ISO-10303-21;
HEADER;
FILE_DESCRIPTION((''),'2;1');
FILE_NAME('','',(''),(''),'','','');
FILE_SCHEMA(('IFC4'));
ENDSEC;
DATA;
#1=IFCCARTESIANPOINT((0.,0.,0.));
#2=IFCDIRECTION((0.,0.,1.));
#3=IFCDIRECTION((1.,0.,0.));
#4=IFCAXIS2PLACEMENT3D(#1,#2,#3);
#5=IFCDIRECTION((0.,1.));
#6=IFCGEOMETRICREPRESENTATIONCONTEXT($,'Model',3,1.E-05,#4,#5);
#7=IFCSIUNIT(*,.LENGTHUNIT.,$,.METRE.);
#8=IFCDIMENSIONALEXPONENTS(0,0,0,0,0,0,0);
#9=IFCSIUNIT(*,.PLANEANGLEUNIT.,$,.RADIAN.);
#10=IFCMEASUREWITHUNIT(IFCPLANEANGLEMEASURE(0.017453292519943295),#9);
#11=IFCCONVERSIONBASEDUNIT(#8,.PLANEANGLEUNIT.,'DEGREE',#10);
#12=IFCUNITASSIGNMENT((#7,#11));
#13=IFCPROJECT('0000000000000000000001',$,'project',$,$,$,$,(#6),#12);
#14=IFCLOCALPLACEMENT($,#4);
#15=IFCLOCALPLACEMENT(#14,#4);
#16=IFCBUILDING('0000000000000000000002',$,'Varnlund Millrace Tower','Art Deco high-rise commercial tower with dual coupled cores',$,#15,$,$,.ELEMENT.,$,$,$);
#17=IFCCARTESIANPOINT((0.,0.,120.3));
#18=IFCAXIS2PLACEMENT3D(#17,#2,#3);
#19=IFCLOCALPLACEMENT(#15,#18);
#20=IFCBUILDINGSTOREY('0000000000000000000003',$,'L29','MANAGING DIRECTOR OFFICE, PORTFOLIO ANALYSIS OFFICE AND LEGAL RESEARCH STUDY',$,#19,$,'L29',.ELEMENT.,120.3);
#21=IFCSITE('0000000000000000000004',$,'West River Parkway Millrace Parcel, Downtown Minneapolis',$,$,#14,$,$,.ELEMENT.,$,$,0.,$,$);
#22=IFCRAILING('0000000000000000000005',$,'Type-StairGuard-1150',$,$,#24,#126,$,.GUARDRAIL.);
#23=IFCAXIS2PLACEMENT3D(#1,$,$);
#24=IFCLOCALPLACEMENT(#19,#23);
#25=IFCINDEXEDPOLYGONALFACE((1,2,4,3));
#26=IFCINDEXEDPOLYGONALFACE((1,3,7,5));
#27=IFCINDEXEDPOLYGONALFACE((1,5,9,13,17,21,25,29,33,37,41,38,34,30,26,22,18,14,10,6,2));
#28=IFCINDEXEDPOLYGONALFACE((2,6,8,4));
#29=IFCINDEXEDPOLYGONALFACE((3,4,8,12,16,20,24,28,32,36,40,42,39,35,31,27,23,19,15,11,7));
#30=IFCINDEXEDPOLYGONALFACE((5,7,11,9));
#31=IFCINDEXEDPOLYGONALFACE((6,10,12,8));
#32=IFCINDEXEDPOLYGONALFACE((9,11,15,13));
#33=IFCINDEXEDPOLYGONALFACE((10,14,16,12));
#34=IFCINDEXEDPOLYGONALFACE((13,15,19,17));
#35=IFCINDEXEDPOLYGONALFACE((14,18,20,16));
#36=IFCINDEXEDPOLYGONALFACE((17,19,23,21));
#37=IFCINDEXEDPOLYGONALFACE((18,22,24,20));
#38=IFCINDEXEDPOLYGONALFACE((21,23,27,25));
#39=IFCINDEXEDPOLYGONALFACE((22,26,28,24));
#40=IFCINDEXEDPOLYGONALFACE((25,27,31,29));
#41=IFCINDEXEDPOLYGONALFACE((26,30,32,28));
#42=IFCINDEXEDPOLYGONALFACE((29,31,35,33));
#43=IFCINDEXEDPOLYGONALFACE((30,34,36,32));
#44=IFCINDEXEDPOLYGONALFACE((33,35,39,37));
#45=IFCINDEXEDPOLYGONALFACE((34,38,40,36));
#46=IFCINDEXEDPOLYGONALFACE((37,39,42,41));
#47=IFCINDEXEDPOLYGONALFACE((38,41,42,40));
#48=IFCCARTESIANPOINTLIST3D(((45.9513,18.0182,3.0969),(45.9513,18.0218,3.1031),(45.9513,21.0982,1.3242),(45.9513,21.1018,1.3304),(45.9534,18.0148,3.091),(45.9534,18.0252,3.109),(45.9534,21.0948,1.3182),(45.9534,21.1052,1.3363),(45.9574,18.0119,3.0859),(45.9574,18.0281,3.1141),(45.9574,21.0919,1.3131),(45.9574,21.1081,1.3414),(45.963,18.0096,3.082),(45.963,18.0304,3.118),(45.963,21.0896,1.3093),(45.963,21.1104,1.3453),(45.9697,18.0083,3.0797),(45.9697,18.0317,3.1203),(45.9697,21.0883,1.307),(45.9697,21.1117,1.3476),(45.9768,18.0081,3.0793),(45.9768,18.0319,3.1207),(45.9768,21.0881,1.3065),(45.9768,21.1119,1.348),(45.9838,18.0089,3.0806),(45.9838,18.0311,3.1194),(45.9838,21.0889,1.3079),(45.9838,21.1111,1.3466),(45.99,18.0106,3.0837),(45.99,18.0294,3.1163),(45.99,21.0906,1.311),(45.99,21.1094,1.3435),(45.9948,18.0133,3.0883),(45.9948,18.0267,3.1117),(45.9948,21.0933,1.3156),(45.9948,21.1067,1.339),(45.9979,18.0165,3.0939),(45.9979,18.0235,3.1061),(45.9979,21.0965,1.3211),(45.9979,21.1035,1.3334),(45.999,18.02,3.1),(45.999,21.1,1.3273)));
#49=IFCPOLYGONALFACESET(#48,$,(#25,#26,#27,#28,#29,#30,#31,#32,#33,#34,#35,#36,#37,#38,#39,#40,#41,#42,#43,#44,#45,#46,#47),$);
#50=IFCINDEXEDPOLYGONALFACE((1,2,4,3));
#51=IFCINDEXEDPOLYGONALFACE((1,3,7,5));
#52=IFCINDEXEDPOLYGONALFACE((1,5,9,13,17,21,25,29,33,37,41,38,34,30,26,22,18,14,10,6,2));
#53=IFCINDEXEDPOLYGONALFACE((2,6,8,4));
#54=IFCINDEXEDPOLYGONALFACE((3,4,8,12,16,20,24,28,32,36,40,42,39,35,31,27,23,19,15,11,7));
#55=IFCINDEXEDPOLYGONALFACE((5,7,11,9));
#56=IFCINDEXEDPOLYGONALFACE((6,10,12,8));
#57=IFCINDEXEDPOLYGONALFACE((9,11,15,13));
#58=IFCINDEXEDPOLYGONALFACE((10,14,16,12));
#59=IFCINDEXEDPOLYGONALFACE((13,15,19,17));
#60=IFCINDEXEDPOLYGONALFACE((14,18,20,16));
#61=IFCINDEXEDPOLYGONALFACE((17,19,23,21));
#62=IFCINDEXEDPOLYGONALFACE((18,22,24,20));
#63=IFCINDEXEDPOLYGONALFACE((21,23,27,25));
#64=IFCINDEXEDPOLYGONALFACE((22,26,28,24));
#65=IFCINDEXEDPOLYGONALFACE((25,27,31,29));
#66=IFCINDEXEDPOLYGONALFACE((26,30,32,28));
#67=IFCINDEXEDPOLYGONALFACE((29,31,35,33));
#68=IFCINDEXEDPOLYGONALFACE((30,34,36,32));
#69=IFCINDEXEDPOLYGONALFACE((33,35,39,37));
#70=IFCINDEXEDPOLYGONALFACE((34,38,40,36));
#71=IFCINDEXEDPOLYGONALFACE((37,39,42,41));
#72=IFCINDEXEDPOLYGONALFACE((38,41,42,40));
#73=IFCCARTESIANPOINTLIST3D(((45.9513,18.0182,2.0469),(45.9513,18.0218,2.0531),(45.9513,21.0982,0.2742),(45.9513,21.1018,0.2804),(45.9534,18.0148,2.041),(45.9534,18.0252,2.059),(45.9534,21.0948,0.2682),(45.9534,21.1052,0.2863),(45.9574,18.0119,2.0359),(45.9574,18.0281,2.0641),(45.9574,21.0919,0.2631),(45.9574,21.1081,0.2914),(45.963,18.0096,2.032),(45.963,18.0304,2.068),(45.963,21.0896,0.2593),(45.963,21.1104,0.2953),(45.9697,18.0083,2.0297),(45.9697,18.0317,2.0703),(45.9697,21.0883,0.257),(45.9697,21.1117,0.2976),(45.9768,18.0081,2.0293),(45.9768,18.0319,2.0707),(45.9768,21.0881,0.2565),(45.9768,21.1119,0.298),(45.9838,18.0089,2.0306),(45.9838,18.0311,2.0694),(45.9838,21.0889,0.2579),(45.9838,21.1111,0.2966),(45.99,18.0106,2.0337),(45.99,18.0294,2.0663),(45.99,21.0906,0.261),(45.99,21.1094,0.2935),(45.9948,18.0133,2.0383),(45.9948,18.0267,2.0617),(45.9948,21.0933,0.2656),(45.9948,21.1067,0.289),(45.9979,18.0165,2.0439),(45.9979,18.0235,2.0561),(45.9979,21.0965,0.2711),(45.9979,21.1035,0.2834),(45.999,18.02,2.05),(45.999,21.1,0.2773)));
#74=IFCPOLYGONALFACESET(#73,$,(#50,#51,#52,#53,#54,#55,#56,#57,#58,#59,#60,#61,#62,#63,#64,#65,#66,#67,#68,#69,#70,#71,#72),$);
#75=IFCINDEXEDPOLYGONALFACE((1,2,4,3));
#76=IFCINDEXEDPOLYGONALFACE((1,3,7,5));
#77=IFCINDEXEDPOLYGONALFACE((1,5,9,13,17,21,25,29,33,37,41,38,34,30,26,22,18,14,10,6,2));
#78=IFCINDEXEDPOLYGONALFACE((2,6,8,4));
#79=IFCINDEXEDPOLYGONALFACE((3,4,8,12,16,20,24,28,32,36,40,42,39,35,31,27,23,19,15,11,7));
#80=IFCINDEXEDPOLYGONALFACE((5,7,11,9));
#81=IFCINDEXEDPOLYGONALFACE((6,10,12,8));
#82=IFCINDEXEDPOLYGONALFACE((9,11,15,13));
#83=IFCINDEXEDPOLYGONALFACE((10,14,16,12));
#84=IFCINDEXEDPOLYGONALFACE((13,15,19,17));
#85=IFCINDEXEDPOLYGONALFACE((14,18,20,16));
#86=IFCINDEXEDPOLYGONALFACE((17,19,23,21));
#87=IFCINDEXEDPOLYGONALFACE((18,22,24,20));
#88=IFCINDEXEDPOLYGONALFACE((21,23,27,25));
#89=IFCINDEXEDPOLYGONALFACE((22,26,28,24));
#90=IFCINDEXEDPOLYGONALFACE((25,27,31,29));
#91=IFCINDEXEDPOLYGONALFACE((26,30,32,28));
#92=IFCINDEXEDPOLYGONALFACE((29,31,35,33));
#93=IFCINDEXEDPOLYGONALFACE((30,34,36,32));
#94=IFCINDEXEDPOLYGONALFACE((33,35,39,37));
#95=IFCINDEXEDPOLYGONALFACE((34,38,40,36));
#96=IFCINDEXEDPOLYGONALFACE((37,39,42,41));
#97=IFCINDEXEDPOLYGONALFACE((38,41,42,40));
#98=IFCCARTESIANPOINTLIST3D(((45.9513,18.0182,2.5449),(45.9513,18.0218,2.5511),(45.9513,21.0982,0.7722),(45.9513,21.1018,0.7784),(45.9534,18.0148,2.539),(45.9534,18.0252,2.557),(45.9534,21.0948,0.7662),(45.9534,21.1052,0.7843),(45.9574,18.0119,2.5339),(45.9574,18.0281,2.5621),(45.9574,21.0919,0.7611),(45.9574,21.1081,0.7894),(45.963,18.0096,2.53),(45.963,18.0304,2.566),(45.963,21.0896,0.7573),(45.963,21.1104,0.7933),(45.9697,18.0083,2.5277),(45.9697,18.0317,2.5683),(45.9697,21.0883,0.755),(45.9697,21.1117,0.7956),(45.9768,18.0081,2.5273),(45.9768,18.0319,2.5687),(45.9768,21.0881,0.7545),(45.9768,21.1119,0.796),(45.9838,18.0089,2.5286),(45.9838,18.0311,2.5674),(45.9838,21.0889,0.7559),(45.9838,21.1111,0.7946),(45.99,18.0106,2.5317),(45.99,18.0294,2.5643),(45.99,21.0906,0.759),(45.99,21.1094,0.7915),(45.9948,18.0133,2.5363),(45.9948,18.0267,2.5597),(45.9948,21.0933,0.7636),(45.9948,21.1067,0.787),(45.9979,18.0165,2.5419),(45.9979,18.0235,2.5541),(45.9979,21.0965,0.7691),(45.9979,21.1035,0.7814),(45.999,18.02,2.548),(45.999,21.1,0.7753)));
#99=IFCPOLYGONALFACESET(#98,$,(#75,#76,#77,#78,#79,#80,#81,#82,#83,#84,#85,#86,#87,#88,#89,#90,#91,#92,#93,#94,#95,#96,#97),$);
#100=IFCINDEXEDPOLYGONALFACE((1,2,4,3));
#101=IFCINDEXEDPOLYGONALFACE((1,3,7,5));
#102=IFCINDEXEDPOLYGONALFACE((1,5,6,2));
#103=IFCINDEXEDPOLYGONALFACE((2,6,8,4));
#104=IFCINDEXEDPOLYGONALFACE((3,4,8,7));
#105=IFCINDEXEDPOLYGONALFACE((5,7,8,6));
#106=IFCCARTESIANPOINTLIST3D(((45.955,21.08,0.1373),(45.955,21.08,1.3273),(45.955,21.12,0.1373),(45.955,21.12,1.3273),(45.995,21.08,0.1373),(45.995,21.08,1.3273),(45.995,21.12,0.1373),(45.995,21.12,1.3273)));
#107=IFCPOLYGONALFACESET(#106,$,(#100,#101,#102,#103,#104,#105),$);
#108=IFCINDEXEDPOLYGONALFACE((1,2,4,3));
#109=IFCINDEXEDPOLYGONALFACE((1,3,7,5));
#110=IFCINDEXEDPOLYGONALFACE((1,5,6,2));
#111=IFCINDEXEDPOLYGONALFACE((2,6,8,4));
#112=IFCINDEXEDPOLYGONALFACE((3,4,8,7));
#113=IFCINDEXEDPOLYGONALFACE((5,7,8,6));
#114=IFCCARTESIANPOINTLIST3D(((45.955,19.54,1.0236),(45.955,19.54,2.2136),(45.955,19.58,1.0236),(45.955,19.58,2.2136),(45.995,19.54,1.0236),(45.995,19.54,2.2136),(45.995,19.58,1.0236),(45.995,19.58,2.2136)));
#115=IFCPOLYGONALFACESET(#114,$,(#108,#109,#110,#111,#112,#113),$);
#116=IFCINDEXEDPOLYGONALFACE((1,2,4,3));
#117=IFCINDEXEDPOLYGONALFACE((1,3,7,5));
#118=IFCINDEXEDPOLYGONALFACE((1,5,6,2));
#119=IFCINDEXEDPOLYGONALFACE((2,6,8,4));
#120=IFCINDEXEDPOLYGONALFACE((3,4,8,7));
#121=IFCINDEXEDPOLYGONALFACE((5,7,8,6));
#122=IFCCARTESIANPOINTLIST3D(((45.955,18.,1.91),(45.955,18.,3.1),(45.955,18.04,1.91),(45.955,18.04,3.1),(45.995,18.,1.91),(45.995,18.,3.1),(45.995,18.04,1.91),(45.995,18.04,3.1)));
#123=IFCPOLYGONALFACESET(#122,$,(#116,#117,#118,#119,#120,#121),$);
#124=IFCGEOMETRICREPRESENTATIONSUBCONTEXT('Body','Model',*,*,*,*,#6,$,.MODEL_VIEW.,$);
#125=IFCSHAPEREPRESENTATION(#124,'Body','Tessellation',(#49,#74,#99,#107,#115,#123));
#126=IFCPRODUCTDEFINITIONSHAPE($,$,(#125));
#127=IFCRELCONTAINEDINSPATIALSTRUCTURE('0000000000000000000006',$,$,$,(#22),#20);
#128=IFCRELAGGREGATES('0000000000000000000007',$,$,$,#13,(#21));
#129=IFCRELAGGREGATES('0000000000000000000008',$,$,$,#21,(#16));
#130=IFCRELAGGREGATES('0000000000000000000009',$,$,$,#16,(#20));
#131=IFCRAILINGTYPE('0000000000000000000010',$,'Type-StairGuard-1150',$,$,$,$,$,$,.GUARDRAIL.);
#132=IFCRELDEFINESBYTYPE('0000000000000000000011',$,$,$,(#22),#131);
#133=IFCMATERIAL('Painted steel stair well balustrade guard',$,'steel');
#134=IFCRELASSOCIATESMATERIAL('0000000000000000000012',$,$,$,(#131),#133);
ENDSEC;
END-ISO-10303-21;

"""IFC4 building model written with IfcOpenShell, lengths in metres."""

from ifc_helpers import new_model, entity, si_unit, converted_unit, direction, frame, origin_with_axes, origin_2d_with_axis, place, context, subcontext, project, spatial, rectangle, circle, extrude, material, type_object, element, save


model = new_model("IFC4")

# Units and contexts
model_context = context("Model", 3, precision=1e-05, world=origin_with_axes(), true_north=direction((0.0, 1.0)))
body_context = subcontext(model_context, "Body", "Model", "MODEL_VIEW")
ifc_project = project(units=[si_unit("LENGTHUNIT", "METRE"), converted_unit("PLANEANGLEUNIT", "DEGREE", entity("IfcPlaneAngleMeasure", 0.017453292519943295), si_unit("PLANEANGLEUNIT", "RADIAN"), dimensions=[0, 0, 0, 0, 0, 0, 0])], contexts=[model_context])

# Site, building, storey
site_placement = place(None, origin_with_axes())
site = spatial("IfcSite", under=ifc_project, at=site_placement, Name="West River Parkway Millrace Parcel, Downtown Minneapolis", CompositionType="ELEMENT", RefElevation=0.0)
building_placement = place(site_placement, origin_with_axes())
building = spatial("IfcBuilding", under=site, at=building_placement, Name="Varnlund Millrace Tower", Description="Art Deco high-rise commercial tower with dual coupled cores", CompositionType="ELEMENT")
storey_placement = place(building_placement, frame((0.0, 0.0, 120.3), z_axis=(0.0, 0.0, 1.0), x_axis=(1.0, 0.0, 0.0)))
storey = spatial("IfcBuildingStorey", under=building, at=storey_placement, Name="L29", Description="MANAGING DIRECTOR OFFICE, PORTFOLIO ANALYSIS OFFICE AND LEGAL RESEARCH STUDY", LongName="L29", CompositionType="ELEMENT", Elevation=120.3)

# Railing
ifc_material_1 = material(Name="Painted steel stair well balustrade guard", Category="steel")
railing_type_1 = type_object("IfcRailingType", Name="Type-StairGuard-1150", PredefinedType="GUARDRAIL", material=ifc_material_1)
railing_1_placement = place(storey_placement, frame((0.0, 0.0, -120.3), z_axis=(0.0, 0.0, 1.0), x_axis=(1.0, 0.0, 0.0)))
element("IfcRailing", 1, at=railing_1_placement, inside=storey, type_object=railing_type_1, Name="Type-StairGuard-1150", PredefinedType="GUARDRAIL", context=body_context, shape_type="SweptSolid", body=[
    extrude(circle(Radius=0.024, at=origin_2d_with_axis()), frame((45.975, 21.1, 121.6273), z_axis=(0.0, -0.866696, 0.498836), x_axis=(1.0, 0.0, 0.0)), (0.0, 0.0, 1.0), 3.5537),
    extrude(circle(Radius=0.024, at=origin_2d_with_axis()), frame((45.975, 21.1, 120.5773), z_axis=(0.0, -0.866696, 0.498836), x_axis=(1.0, 0.0, 0.0)), (0.0, 0.0, 1.0), 3.5537),
    extrude(circle(Radius=0.024, at=origin_2d_with_axis()), frame((45.975, 21.1, 121.0753), z_axis=(0.0, -0.866696, 0.498836), x_axis=(1.0, 0.0, 0.0)), (0.0, 0.0, 1.0), 3.5537),
    extrude(rectangle(XDim=0.04, YDim=0.04, at=origin_2d_with_axis()), frame((45.975, 21.1, 120.4373), z_axis=(0.0, 0.0, 1.0), x_axis=(1.0, 0.0, 0.0)), (0.0, 0.0, 1.0), 1.19),
    extrude(rectangle(XDim=0.04, YDim=0.04, at=origin_2d_with_axis()), frame((45.975, 19.56, 121.3236), z_axis=(0.0, 0.0, 1.0), x_axis=(1.0, 0.0, 0.0)), (0.0, 0.0, 1.0), 1.19),
    extrude(rectangle(XDim=0.04, YDim=0.04, at=origin_2d_with_axis()), frame((45.975, 18.02, 122.21), z_axis=(0.0, 0.0, 1.0), x_axis=(1.0, 0.0, 0.0)), (0.0, 0.0, 1.0), 1.19),
])

save(model, "model.ifc")
